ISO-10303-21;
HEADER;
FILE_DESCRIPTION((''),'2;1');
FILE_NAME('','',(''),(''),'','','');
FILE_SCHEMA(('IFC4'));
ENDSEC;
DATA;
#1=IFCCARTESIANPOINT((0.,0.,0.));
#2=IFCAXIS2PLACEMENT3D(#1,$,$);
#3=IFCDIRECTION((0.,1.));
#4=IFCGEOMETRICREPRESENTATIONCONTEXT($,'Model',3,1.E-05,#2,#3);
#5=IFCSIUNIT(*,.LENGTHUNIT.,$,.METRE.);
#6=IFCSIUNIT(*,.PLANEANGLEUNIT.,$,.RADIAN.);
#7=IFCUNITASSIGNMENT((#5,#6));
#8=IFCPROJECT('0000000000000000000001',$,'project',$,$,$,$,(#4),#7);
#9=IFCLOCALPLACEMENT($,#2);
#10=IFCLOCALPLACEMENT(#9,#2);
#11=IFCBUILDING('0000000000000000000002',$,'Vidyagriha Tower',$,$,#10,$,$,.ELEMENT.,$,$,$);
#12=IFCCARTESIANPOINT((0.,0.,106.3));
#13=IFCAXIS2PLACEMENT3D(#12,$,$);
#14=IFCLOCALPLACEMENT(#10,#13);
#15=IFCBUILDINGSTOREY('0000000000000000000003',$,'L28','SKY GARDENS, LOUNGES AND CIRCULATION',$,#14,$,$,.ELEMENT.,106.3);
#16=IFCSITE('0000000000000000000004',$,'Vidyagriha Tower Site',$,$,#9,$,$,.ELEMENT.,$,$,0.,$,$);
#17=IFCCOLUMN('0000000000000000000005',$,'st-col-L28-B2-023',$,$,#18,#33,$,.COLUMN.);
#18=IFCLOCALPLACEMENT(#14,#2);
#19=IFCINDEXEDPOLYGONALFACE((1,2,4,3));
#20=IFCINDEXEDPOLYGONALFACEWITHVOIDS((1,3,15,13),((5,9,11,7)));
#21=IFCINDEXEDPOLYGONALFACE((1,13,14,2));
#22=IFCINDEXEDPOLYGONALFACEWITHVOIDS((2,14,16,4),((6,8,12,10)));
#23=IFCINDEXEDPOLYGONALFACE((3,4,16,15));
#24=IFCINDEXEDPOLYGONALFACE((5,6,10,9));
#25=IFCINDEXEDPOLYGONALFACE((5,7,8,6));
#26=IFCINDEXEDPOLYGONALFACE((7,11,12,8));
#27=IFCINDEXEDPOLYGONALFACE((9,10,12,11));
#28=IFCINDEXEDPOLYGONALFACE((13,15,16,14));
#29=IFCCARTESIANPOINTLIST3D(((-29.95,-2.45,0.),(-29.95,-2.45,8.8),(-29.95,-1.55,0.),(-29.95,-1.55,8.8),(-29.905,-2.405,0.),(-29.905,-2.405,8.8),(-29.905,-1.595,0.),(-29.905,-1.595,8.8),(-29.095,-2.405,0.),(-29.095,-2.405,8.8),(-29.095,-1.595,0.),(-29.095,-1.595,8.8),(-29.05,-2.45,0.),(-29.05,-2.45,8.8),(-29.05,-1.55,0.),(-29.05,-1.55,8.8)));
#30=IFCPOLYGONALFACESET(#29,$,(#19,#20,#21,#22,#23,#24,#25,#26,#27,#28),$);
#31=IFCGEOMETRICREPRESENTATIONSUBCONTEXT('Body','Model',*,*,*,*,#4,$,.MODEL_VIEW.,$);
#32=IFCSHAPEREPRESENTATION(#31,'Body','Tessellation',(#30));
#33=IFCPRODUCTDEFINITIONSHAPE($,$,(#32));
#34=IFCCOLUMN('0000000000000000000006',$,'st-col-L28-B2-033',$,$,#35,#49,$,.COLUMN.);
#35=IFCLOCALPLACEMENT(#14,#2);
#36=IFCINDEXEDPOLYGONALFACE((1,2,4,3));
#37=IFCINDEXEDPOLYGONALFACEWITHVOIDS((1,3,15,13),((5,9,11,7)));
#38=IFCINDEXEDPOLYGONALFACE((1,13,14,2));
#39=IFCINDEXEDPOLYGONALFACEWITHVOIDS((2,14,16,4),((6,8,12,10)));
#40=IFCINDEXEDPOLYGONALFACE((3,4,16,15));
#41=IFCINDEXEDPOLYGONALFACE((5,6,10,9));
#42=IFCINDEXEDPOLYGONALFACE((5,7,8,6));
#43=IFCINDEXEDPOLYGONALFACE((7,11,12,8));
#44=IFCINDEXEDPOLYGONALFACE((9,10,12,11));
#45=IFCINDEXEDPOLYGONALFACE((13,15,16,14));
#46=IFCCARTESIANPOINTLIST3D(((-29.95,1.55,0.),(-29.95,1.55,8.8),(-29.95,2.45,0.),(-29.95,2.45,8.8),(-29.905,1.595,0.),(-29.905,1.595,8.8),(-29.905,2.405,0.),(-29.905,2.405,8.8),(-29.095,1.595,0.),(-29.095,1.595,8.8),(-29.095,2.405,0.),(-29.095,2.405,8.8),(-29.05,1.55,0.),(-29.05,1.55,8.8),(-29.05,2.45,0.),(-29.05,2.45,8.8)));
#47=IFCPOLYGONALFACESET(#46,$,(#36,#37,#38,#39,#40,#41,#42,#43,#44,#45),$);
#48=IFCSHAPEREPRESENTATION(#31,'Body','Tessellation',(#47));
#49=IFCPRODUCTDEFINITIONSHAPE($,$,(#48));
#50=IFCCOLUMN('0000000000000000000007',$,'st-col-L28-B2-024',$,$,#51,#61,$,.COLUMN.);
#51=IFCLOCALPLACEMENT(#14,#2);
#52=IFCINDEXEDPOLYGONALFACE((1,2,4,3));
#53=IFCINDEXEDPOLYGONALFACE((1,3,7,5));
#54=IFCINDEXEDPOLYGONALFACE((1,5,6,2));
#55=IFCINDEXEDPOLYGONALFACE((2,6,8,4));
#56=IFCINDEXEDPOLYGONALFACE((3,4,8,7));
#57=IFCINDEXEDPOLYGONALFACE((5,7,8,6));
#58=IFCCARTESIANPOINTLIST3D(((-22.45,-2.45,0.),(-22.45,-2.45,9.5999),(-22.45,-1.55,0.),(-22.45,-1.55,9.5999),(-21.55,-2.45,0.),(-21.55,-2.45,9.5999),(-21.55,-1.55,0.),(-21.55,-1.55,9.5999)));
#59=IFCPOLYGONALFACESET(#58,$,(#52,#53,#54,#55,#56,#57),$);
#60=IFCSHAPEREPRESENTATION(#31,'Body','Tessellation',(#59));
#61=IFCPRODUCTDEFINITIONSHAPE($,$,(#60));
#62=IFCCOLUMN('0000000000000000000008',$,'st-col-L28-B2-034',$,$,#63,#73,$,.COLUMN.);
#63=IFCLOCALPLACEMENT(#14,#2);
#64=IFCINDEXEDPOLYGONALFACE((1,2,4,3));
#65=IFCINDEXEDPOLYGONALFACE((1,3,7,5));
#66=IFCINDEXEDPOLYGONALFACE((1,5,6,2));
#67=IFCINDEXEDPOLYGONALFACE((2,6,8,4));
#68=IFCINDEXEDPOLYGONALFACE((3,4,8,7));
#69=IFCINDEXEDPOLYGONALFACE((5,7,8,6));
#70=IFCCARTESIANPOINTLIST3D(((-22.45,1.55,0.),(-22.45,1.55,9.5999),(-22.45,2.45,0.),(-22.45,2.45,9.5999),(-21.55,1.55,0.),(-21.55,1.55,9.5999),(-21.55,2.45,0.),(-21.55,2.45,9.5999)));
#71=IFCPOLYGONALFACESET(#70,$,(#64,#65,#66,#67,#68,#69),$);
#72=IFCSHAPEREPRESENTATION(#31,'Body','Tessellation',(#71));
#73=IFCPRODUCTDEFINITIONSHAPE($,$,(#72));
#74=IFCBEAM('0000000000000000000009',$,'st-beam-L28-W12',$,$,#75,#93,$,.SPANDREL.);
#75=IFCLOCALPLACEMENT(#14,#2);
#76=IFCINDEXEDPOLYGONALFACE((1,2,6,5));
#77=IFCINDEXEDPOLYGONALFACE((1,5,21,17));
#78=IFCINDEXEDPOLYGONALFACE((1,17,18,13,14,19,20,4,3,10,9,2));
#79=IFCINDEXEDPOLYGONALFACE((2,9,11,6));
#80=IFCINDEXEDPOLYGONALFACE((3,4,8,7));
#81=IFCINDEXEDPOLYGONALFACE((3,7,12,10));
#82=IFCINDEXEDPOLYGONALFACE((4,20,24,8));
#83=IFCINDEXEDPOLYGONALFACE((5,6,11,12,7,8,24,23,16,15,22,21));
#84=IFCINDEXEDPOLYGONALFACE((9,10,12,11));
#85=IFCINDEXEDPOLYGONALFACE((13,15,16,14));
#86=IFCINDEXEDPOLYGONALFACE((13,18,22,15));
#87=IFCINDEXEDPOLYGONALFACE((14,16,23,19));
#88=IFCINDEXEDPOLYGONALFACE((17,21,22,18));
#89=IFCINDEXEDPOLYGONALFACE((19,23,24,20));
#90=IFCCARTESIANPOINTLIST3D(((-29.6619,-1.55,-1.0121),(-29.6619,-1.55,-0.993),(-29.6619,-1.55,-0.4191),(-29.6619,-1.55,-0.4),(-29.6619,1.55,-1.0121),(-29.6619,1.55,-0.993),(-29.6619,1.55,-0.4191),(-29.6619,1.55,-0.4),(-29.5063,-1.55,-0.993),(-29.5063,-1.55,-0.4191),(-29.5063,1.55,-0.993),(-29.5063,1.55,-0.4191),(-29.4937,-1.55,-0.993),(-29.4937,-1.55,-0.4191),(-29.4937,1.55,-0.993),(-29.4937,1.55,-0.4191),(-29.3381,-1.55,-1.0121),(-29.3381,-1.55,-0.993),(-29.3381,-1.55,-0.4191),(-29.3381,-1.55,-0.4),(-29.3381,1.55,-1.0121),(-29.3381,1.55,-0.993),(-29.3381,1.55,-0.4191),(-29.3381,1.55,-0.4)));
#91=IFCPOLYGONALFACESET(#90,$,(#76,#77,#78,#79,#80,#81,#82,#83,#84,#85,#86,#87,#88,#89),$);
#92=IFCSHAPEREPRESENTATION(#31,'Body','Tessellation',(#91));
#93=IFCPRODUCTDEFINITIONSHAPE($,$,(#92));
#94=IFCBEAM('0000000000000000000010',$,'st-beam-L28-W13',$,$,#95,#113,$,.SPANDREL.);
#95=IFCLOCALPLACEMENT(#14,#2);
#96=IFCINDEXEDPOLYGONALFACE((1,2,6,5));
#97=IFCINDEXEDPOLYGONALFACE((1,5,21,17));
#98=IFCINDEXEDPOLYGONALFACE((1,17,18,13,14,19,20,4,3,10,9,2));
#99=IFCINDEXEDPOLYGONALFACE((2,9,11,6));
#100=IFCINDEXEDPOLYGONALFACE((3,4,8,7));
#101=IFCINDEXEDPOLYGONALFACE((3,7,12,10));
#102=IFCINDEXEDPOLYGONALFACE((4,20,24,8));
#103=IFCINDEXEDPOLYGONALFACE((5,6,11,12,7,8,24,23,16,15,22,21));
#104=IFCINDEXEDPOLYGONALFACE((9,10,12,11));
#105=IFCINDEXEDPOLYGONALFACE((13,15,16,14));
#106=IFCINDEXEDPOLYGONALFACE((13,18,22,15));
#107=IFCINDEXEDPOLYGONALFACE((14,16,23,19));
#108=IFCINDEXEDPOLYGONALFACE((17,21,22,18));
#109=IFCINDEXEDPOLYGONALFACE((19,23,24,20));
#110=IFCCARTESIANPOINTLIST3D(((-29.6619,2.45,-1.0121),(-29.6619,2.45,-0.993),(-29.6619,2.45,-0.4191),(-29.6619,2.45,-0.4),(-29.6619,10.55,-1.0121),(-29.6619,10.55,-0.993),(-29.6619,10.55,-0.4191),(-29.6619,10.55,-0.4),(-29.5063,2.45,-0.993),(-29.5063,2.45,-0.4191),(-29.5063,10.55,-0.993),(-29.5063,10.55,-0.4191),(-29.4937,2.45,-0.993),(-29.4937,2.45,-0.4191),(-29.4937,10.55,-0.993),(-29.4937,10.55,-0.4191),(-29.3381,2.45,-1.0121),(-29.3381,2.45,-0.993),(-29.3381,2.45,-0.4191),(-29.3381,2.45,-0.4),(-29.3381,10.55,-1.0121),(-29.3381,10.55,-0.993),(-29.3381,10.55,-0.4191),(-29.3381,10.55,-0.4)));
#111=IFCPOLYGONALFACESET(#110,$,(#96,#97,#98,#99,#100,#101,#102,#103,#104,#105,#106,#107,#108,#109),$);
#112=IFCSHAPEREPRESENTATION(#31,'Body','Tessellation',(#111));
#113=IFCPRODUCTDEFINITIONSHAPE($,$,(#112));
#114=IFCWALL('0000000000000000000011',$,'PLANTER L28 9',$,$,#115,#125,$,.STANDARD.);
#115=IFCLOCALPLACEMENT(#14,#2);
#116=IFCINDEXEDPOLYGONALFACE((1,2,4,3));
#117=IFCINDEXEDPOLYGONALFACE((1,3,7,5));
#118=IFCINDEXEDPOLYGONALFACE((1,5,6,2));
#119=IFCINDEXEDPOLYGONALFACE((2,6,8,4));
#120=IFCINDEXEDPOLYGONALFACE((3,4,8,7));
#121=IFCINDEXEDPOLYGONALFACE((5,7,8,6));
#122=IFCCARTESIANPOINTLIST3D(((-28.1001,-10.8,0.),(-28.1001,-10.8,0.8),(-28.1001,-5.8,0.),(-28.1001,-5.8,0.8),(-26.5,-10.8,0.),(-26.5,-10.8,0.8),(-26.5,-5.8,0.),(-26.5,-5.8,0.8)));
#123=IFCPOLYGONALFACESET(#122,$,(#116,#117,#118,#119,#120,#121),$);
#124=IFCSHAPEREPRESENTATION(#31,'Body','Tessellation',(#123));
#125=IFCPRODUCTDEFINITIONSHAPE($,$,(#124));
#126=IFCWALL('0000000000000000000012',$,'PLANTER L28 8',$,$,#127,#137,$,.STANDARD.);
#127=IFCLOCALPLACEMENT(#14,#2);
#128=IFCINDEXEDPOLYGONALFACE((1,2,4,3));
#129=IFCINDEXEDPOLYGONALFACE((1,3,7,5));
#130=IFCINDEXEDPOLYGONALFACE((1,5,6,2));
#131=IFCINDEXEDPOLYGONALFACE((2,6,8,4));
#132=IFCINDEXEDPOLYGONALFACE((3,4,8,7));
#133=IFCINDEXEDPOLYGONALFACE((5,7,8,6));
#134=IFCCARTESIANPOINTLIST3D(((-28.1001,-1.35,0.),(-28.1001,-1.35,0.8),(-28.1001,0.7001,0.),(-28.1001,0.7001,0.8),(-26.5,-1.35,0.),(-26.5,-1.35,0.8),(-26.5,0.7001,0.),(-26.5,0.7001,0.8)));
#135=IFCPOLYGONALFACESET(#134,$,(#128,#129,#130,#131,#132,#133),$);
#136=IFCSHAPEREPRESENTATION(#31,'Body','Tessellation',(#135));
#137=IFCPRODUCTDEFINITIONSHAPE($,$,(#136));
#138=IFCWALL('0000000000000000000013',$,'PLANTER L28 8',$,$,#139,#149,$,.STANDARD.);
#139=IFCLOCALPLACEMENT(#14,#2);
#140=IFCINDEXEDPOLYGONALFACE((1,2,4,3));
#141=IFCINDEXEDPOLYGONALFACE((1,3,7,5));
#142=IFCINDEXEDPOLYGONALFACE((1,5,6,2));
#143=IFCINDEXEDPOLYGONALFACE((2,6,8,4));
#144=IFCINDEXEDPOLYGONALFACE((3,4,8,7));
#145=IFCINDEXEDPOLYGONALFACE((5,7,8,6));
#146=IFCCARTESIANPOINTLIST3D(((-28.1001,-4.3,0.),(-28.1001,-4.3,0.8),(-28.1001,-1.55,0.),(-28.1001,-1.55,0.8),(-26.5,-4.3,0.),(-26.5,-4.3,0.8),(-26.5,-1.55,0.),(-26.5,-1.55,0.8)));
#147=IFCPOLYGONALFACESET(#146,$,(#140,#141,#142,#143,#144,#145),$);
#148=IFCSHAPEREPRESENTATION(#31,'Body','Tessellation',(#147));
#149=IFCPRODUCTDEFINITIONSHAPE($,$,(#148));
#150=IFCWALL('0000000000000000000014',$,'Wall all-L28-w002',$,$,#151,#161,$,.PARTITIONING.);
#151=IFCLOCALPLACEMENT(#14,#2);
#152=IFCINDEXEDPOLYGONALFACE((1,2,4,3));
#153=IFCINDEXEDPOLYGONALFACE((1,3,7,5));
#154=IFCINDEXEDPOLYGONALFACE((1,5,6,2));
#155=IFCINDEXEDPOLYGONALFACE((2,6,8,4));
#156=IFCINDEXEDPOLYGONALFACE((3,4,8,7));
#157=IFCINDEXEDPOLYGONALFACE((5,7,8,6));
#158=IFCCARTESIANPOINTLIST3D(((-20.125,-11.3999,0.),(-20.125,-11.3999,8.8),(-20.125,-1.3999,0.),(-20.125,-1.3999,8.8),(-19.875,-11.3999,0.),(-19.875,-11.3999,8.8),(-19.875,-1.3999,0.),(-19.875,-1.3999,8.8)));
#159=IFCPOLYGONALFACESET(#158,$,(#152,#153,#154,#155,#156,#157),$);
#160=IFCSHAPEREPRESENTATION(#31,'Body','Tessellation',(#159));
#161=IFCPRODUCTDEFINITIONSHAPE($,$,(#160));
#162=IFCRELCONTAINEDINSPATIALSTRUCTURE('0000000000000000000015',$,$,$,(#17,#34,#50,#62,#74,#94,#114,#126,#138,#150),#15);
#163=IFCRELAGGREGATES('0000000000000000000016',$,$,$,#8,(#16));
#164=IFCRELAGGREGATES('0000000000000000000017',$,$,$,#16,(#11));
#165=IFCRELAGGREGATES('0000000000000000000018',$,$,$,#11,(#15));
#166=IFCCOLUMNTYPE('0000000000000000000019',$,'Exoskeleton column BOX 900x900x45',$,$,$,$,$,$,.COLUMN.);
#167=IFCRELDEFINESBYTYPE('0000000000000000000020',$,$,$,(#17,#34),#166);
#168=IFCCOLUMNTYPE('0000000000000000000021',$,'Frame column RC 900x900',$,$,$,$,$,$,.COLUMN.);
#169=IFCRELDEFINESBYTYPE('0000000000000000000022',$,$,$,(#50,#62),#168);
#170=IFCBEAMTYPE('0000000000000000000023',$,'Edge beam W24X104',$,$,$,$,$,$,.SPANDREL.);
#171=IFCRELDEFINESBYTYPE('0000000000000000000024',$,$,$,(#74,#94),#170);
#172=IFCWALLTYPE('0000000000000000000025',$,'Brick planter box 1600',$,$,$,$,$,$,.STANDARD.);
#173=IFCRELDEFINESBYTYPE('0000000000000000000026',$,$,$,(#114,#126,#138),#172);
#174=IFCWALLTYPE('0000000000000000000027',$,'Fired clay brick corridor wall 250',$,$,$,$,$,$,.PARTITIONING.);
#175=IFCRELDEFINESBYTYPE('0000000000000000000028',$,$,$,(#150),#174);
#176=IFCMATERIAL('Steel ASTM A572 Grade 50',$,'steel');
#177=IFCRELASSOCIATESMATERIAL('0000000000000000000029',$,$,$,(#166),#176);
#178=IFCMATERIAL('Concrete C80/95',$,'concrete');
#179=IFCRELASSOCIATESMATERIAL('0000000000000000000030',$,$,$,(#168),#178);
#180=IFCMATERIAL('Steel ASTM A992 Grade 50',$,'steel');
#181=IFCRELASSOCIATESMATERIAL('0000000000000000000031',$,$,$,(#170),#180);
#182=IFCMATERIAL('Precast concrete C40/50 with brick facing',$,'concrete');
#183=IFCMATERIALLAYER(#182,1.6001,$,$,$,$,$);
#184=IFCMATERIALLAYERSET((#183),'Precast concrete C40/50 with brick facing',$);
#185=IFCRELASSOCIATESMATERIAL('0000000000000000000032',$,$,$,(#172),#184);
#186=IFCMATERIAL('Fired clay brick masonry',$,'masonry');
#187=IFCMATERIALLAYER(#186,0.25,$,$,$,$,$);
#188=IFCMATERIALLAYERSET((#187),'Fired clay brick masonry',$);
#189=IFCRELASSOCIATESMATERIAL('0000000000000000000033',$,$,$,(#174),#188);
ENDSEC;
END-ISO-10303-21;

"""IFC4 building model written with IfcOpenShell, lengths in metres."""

from ifc_helpers import new_model, si_unit, direction, frame, frame_2d, origin, origin_2d, place, context, subcontext, project, spatial, rectangle, hollow_rectangle, i_section, extrude, material, layer, layer_set, material_profile, profile_set, type_object, element, save


model = new_model("IFC4")

# Units and contexts
model_context = context("Model", 3, precision=1e-05, world=origin(), true_north=direction((0.0, 1.0)))
body_context = subcontext(model_context, "Body", "Model", "MODEL_VIEW")
ifc_project = project(units=[si_unit("LENGTHUNIT", "METRE"), si_unit("PLANEANGLEUNIT", "RADIAN")], contexts=[model_context])

# Site, building, storey
site_placement = place(None, origin())
site = spatial("IfcSite", under=ifc_project, at=site_placement, Name="Vidyagriha Tower Site", CompositionType="ELEMENT", RefElevation=0.0)
building_placement = place(site_placement, origin())
building = spatial("IfcBuilding", under=site, at=building_placement, Name="Vidyagriha Tower", CompositionType="ELEMENT")
storey_placement = place(building_placement, frame((0.0, 0.0, 106.3)))
storey = spatial("IfcBuildingStorey", under=building, at=storey_placement, Name="L28", Description="SKY GARDENS, LOUNGES AND CIRCULATION", CompositionType="ELEMENT", Elevation=106.3)

# Columns
ifc_material_1 = material(Name="Steel ASTM A572 Grade 50", Category="steel")
ifc_material_profile_1 = material_profile(ifc_material_1, hollow_rectangle(XDim=0.8999, YDim=0.8999, WallThickness=0.0449, at=origin_2d()), Name="BOX 900x900x45")
ifc_profile_set_1 = profile_set([ifc_material_profile_1], Name="Steel ASTM A572 Grade 50")
column_type_1 = type_object("IfcColumnType", Name="Exoskeleton column BOX 900x900x45", PredefinedType="COLUMN", material=ifc_profile_set_1)
for number, where, name in (
    (1, (-29.5, -2.0, 0.0), "st-col-L28-B2-023"),
    (2, (-29.5, 2.0, 0.0), "st-col-L28-B2-033"),
):
    element("IfcColumn", number, at=place(storey_placement, frame(where)), inside=storey, type_object=column_type_1, Name=name, PredefinedType="COLUMN", context=body_context, shape_type="SweptSolid", body=[
        extrude(hollow_rectangle(XDim=0.8999, YDim=0.8999, WallThickness=0.0449, at=origin_2d()), origin(), (0.0, 0.0, 1.0), 8.8),
    ])
ifc_material_2 = material(Name="Concrete C80/95", Category="concrete")
ifc_material_profile_2 = material_profile(ifc_material_2, rectangle(XDim=0.8999, YDim=0.8999, at=origin_2d()), Name="RC 900x900")
ifc_profile_set_2 = profile_set([ifc_material_profile_2], Name="Concrete C80/95")
column_type_2 = type_object("IfcColumnType", Name="Frame column RC 900x900", PredefinedType="COLUMN", material=ifc_profile_set_2)
for number, where, name in (
    (3, (-22.0, -2.0, 0.0), "st-col-L28-B2-024"),
    (4, (-22.0, 2.0, 0.0), "st-col-L28-B2-034"),
):
    element("IfcColumn", number, at=place(storey_placement, frame(where)), inside=storey, type_object=column_type_2, Name=name, PredefinedType="COLUMN", context=body_context, shape_type="SweptSolid", body=[
        extrude(rectangle(XDim=0.8999, YDim=0.8999, at=origin_2d()), origin(), (0.0, 0.0, 1.0), 9.5999),
    ])

# Beams
ifc_material_3 = material(Name="Steel ASTM A992 Grade 50", Category="steel")
ifc_material_profile_3 = material_profile(ifc_material_3, i_section(OverallWidth=0.3237, OverallDepth=0.6121, WebThickness=0.0127, FlangeThickness=0.019, at=origin_2d()), Name="W24X104")
ifc_profile_set_3 = profile_set([ifc_material_profile_3], Name="Steel ASTM A992 Grade 50")
beam_type = type_object("IfcBeamType", Name="Edge beam W24X104", PredefinedType="SPANDREL", material=ifc_profile_set_3)
beam_1_placement = place(storey_placement, frame((-29.5, -1.55, -0.7061), z_axis=(0.0, 1.0, 0.0), x_axis=(-1.0, 0.0, 0.0)))
element("IfcBeam", 5, at=beam_1_placement, inside=storey, type_object=beam_type, Name="st-beam-L28-W12", PredefinedType="SPANDREL", context=body_context, shape_type="SweptSolid", body=[
    extrude(i_section(OverallWidth=0.3237, OverallDepth=0.6121, WebThickness=0.0127, FlangeThickness=0.019, at=origin_2d()), origin(), (0.0, 0.0, 1.0), 3.1001),
])
beam_2_placement = place(storey_placement, frame((-29.5, 2.45, -0.7061), z_axis=(0.0, 1.0, 0.0), x_axis=(-1.0, 0.0, 0.0)))
element("IfcBeam", 6, at=beam_2_placement, inside=storey, type_object=beam_type, Name="st-beam-L28-W13", PredefinedType="SPANDREL", context=body_context, shape_type="SweptSolid", body=[
    extrude(i_section(OverallWidth=0.3237, OverallDepth=0.6121, WebThickness=0.0127, FlangeThickness=0.019, at=origin_2d()), origin(), (0.0, 0.0, 1.0), 8.1001),
])

# Walls
ifc_material_4 = material(Name="Precast concrete C40/50 with brick facing", Category="concrete")
ifc_layer_1 = layer(ifc_material_4, 1.6001)
ifc_layer_set_1 = layer_set([ifc_layer_1], Name="Precast concrete C40/50 with brick facing")
wall_type_1 = type_object("IfcWallType", Name="Brick planter box 1600", PredefinedType="STANDARD", material=ifc_layer_set_1)
wall_1_placement = place(storey_placement, frame((-27.3, -5.8, 0.0), z_axis=(0.0, 0.0, 1.0), x_axis=(0.0, -1.0, 0.0)))
element("IfcWall", 7, at=wall_1_placement, inside=storey, type_object=wall_type_1, Name="PLANTER L28 9", PredefinedType="STANDARD", context=body_context, shape_type="SweptSolid", body=[
    extrude(rectangle(XDim=5.0, YDim=1.6001, at=frame_2d((2.5, 0.0))), origin(), (0.0, 0.0, 1.0), 0.8),
])
wall_2_placement = place(storey_placement, frame((-27.3, 0.7, 0.0), z_axis=(0.0, 0.0, 1.0), x_axis=(0.0, -1.0, 0.0)))
element("IfcWall", 8, at=wall_2_placement, inside=storey, type_object=wall_type_1, Name="PLANTER L28 8", PredefinedType="STANDARD", context=body_context, shape_type="SweptSolid", body=[
    extrude(rectangle(XDim=2.05, YDim=1.6001, at=frame_2d((1.0249, 0.0))), origin(), (0.0, 0.0, 1.0), 0.8),
])
wall_3_placement = place(storey_placement, frame((-27.3, -1.55, 0.0), z_axis=(0.0, 0.0, 1.0), x_axis=(0.0, -1.0, 0.0)))
element("IfcWall", 9, at=wall_3_placement, inside=storey, type_object=wall_type_1, Name="PLANTER L28 8", PredefinedType="STANDARD", context=body_context, shape_type="SweptSolid", body=[
    extrude(rectangle(XDim=2.75, YDim=1.6001, at=frame_2d((1.375, 0.0))), origin(), (0.0, 0.0, 1.0), 0.8),
])
ifc_material_5 = material(Name="Fired clay brick masonry", Category="masonry")
ifc_layer_2 = layer(ifc_material_5, 0.25)
ifc_layer_set_2 = layer_set([ifc_layer_2], Name="Fired clay brick masonry")
wall_type_2 = type_object("IfcWallType", Name="Fired clay brick corridor wall 250", PredefinedType="PARTITIONING", material=ifc_layer_set_2)
wall_4_placement = place(storey_placement, frame((-20.0, -1.3999, 0.0), z_axis=(0.0, 0.0, 1.0), x_axis=(0.0, -1.0, 0.0)))
element("IfcWall", 10, at=wall_4_placement, inside=storey, type_object=wall_type_2, Name="Wall all-L28-w002", PredefinedType="PARTITIONING", context=body_context, shape_type="SweptSolid", body=[
    extrude(rectangle(XDim=10.0, YDim=0.25, at=frame_2d((5.0, 0.0))), origin(), (0.0, 0.0, 1.0), 8.8),
])

save(model, "model.ifc")
